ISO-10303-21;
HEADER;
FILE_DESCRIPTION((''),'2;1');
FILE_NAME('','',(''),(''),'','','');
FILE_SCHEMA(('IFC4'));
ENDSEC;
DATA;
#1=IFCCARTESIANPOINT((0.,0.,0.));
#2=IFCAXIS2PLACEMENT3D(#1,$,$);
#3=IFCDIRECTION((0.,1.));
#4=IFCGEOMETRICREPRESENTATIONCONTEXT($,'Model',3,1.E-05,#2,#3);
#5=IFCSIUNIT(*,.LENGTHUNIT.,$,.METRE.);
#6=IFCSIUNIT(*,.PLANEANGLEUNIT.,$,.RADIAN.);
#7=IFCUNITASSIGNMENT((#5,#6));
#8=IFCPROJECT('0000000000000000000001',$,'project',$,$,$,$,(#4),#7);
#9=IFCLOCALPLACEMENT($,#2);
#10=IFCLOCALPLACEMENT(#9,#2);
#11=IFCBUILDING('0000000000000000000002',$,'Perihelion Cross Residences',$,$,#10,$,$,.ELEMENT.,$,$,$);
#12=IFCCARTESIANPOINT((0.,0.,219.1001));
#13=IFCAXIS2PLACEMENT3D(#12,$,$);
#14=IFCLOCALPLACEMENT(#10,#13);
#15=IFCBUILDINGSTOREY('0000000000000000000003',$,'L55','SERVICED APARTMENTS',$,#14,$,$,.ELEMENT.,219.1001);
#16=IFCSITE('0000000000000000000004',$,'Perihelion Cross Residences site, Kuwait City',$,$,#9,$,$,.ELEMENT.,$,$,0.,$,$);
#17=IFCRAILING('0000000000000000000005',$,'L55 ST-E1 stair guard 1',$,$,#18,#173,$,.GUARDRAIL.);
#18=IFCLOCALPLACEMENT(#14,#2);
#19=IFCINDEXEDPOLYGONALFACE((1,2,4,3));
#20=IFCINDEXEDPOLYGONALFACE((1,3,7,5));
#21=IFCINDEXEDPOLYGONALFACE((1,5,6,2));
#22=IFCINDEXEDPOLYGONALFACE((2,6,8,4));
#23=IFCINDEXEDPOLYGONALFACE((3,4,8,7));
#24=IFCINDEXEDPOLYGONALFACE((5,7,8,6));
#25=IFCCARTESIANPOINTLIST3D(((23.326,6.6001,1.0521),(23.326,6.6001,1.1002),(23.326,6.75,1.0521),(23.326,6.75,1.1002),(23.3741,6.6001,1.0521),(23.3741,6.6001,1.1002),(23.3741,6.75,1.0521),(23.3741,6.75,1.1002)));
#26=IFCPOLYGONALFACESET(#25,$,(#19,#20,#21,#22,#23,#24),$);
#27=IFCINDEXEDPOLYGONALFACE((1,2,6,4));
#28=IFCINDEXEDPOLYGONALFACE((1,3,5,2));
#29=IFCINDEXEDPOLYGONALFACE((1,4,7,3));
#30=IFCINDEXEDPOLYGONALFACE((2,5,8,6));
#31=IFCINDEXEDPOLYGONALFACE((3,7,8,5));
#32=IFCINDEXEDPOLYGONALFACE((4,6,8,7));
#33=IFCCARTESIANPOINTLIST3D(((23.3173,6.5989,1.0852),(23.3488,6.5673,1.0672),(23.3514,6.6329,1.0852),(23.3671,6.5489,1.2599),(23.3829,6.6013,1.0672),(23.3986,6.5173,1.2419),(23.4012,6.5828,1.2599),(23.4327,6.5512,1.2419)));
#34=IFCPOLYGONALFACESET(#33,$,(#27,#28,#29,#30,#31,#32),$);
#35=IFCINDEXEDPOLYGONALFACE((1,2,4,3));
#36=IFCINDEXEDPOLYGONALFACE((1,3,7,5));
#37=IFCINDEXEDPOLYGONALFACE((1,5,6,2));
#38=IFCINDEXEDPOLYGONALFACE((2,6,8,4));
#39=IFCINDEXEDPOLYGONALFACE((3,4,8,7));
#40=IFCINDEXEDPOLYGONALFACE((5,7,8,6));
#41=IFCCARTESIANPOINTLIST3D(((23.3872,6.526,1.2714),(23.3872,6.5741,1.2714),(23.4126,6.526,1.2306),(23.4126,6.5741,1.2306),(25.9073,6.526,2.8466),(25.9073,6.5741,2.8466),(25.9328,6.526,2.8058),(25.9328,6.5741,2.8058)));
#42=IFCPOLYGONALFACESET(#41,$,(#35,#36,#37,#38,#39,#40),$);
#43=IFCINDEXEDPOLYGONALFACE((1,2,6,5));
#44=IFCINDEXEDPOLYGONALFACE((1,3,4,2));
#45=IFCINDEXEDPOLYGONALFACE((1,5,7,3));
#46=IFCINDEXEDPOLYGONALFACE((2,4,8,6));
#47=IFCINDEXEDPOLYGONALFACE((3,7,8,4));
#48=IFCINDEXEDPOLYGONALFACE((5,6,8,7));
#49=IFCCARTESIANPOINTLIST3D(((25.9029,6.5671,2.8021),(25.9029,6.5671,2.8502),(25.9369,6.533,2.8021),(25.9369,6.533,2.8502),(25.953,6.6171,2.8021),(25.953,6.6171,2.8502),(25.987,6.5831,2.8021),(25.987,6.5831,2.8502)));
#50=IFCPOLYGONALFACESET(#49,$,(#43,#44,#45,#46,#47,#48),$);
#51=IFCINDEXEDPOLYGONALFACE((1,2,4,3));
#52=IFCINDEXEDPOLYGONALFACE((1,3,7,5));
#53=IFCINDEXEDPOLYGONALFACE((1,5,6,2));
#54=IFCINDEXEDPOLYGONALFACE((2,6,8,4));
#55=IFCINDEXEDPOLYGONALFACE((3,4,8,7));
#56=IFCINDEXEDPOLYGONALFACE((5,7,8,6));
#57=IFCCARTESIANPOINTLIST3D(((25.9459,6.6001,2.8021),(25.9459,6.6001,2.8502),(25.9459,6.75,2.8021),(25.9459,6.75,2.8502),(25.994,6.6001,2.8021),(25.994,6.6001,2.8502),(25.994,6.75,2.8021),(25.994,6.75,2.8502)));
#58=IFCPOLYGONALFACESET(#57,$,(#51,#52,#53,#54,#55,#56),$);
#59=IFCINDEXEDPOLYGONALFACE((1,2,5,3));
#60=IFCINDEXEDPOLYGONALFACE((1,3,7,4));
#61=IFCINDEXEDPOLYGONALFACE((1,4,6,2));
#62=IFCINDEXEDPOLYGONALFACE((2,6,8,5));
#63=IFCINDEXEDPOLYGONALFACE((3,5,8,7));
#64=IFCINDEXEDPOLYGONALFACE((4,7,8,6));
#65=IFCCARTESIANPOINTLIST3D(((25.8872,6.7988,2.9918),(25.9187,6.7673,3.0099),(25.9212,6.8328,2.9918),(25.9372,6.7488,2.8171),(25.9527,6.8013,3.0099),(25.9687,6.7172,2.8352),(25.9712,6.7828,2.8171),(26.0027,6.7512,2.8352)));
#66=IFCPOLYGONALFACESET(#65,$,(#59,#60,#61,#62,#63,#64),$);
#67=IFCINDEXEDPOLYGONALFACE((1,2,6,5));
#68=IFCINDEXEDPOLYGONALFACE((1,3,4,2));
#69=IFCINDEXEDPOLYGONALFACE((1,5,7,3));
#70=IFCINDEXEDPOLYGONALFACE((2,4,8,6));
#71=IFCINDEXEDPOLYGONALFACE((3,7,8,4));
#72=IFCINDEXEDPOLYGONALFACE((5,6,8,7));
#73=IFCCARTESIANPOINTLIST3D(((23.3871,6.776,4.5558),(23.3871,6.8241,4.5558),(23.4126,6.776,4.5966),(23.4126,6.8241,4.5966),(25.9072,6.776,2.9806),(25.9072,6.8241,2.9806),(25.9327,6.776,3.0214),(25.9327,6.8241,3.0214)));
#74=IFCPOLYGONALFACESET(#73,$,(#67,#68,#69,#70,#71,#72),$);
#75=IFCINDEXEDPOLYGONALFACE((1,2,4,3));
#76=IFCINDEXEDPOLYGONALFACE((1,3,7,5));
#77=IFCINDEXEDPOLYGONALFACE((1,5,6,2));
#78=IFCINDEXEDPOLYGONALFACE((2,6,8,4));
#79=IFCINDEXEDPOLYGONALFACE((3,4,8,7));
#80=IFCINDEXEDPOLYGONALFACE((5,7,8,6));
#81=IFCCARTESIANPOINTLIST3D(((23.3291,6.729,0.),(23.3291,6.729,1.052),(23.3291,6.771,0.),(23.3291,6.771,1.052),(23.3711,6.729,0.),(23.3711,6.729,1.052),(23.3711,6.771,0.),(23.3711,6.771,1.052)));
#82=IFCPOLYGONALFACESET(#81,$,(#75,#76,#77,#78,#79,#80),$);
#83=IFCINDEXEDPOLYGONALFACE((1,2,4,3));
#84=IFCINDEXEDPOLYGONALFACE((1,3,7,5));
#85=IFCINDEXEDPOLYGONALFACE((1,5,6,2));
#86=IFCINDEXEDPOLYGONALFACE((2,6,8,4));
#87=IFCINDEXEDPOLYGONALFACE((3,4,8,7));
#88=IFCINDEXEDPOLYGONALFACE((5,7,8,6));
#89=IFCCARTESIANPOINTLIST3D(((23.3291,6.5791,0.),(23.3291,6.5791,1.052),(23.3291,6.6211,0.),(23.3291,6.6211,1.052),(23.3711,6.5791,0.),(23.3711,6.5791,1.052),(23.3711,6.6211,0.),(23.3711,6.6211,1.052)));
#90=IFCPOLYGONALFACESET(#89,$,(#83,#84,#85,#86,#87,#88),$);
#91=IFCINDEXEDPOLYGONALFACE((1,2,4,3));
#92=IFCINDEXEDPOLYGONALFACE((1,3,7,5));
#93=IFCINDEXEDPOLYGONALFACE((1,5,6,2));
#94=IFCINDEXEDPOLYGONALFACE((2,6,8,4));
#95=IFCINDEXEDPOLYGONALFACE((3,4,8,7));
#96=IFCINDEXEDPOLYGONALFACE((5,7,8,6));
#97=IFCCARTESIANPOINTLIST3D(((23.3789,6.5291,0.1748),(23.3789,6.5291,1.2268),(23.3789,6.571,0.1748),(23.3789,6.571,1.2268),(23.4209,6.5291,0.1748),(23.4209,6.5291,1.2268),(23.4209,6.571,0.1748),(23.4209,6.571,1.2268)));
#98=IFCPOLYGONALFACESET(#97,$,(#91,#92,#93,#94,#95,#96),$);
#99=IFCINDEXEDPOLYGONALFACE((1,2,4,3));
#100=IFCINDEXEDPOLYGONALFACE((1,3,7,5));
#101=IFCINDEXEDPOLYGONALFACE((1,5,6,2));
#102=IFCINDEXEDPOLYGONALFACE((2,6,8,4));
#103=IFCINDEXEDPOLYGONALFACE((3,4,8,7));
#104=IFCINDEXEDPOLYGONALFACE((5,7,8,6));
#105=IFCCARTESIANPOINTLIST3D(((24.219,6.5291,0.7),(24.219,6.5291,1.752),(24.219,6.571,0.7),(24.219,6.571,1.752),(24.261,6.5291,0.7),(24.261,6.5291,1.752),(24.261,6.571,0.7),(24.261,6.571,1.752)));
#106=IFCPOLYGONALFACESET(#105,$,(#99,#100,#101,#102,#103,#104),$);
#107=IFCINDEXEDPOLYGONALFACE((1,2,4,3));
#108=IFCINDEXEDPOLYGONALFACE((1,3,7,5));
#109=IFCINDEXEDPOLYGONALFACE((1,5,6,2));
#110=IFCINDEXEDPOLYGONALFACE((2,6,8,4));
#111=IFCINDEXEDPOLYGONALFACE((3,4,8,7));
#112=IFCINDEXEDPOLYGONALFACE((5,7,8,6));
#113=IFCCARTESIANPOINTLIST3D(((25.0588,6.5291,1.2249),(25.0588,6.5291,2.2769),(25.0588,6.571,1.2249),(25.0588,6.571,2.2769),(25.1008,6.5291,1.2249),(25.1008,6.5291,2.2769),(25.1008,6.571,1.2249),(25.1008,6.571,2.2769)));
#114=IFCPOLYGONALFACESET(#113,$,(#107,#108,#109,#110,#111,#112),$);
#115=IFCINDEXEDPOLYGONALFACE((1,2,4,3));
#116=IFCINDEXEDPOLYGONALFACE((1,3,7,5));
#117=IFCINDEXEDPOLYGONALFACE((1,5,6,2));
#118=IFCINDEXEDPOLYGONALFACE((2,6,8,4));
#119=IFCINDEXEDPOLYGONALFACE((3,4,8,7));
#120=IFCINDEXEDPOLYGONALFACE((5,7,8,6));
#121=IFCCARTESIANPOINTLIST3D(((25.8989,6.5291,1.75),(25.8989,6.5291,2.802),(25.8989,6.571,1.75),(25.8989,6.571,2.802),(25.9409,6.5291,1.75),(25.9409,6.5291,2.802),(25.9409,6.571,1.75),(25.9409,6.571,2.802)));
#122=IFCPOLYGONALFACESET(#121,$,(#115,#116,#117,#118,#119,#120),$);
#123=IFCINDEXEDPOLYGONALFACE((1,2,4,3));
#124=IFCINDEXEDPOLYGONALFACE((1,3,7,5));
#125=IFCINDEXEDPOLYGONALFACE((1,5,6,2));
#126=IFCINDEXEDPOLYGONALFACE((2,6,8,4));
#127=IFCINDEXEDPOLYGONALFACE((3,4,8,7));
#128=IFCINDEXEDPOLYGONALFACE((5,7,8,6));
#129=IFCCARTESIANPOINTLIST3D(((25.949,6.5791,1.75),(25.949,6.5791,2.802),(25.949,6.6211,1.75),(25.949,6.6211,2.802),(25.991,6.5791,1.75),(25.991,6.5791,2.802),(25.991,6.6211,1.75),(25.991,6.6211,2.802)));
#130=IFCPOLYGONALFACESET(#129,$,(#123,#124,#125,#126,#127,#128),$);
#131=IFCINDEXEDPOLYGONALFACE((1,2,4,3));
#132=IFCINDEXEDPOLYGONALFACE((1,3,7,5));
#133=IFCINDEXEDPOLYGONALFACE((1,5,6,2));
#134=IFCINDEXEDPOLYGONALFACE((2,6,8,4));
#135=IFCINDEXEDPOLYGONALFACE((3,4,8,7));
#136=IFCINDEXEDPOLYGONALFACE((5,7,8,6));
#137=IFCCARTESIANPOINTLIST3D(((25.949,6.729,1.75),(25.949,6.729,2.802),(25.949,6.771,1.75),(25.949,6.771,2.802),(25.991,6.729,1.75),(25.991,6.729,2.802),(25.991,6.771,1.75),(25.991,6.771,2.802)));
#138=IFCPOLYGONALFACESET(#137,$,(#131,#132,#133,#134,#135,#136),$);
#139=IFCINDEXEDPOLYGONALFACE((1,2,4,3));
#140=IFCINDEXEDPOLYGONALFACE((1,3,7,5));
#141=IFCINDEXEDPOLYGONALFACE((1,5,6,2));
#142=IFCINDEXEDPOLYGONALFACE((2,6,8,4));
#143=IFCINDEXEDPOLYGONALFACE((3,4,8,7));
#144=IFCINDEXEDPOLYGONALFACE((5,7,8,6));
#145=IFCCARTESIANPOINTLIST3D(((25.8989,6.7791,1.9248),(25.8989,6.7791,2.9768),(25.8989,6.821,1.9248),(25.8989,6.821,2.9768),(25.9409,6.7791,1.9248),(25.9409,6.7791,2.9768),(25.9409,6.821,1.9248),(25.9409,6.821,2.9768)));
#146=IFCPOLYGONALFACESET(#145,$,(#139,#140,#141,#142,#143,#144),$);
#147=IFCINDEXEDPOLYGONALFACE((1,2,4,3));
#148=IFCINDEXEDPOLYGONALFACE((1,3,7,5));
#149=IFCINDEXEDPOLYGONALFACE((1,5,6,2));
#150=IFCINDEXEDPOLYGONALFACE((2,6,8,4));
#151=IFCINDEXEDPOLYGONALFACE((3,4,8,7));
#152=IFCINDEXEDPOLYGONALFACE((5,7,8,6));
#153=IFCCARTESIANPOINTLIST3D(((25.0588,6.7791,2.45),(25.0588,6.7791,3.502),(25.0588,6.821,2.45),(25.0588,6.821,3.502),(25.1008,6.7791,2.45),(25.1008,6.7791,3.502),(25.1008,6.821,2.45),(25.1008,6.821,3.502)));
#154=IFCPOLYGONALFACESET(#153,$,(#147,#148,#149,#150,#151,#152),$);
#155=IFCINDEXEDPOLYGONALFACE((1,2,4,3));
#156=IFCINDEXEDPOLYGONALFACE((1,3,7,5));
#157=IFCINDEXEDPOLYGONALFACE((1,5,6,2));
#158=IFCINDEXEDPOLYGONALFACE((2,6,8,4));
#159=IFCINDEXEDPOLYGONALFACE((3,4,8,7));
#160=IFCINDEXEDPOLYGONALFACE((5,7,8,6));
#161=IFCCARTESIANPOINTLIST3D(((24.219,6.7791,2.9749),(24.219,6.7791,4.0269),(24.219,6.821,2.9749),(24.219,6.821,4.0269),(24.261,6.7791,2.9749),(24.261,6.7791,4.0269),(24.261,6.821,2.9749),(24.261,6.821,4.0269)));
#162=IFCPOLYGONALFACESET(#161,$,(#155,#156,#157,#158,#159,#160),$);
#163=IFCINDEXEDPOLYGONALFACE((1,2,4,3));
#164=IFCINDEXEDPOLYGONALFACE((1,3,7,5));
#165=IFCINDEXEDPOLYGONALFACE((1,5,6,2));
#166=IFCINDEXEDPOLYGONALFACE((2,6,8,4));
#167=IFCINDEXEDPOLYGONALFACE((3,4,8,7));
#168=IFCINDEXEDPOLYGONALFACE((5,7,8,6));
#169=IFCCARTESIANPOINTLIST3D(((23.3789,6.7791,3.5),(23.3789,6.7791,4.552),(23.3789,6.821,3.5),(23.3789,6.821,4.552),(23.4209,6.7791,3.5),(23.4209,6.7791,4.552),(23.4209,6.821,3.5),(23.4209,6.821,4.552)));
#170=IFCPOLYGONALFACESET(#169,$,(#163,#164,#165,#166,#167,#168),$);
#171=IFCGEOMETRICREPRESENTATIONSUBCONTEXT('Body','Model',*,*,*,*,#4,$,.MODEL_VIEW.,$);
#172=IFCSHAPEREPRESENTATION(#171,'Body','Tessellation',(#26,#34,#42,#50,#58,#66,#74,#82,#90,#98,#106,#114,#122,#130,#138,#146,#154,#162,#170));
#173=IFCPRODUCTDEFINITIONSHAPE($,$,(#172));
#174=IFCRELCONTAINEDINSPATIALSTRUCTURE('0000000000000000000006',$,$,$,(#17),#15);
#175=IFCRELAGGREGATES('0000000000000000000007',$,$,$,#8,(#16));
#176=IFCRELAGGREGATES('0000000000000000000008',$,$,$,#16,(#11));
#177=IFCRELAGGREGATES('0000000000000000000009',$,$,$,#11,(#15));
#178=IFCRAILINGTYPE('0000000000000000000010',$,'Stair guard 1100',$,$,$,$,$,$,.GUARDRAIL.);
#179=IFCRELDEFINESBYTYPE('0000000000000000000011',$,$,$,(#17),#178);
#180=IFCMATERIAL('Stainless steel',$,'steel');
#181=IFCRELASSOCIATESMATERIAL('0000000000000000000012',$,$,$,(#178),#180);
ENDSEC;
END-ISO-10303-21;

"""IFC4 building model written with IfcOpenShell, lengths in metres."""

from ifc_helpers import new_model, si_unit, direction, frame, origin, origin_2d, place, context, subcontext, project, spatial, rectangle, extrude, material, type_object, element, save


model = new_model("IFC4")

# Units and contexts
model_context = context("Model", 3, precision=1e-05, world=origin(), true_north=direction((0.0, 1.0)))
body_context = subcontext(model_context, "Body", "Model", "MODEL_VIEW")
ifc_project = project(units=[si_unit("LENGTHUNIT", "METRE"), si_unit("PLANEANGLEUNIT", "RADIAN")], contexts=[model_context])

# Site, building, storey
site_placement = place(None, origin())
site = spatial("IfcSite", under=ifc_project, at=site_placement, Name="Perihelion Cross Residences site, Kuwait City", CompositionType="ELEMENT", RefElevation=0.0)
building_placement = place(site_placement, origin())
building = spatial("IfcBuilding", under=site, at=building_placement, Name="Perihelion Cross Residences", CompositionType="ELEMENT")
storey_placement = place(building_placement, frame((0.0, 0.0, 219.1001)))
storey = spatial("IfcBuildingStorey", under=building, at=storey_placement, Name="L55", Description="SERVICED APARTMENTS", CompositionType="ELEMENT", Elevation=219.1001)

# Railing
ifc_material_1 = material(Name="Stainless steel", Category="steel")
railing_type_1 = type_object("IfcRailingType", Name="Stair guard 1100", PredefinedType="GUARDRAIL", material=ifc_material_1)
railing_1_placement = place(storey_placement, frame((23.3501, 6.75, 0.0)))
element("IfcRailing", 1, at=railing_1_placement, inside=storey, type_object=railing_type_1, Name="L55 ST-E1 stair guard 1", PredefinedType="GUARDRAIL", context=body_context, shape_type="SweptSolid", body=[
    extrude(rectangle(XDim=0.0481, YDim=0.0481, at=origin_2d()), frame((0.0, 0.0, 1.0762), z_axis=(0.0, -1.0, 0.0), x_axis=(1.0, 0.0, 0.0)), (0.0, 0.0, 1.0), 0.1499),
    extrude(rectangle(XDim=0.0481, YDim=0.0481, at=origin_2d()), frame((0.0, -0.1499, 1.0762), z_axis=(0.264179, -0.265474, 0.927218), x_axis=(0.708834, 0.705376, 0.0)), (0.0, 0.0, 1.0), 0.1885),
    extrude(rectangle(XDim=0.0481, YDim=0.0481, at=origin_2d()), frame((0.0498, -0.2, 1.251), z_axis=(0.847971, 0.0, 0.530043), x_axis=(0.0, 1.0, 0.0)), (0.0, 0.0, 1.0), 2.9719),
    extrude(rectangle(XDim=0.0481, YDim=0.0481, at=origin_2d()), frame((2.5698, -0.2, 2.8262), z_axis=(0.707107, 0.707107, 0.0), x_axis=(-0.707107, 0.707107, 0.0)), (0.0, 0.0, 1.0), 0.0708),
    extrude(rectangle(XDim=0.0481, YDim=0.0481, at=origin_2d()), frame((2.6199, -0.1499, 2.8262), z_axis=(0.0, 1.0, 0.0), x_axis=(-1.0, 0.0, 0.0)), (0.0, 0.0, 1.0), 0.1499),
    extrude(rectangle(XDim=0.0481, YDim=0.0481, at=origin_2d()), frame((2.6199, 0.0, 2.8262), z_axis=(-0.265383, 0.265383, 0.9269), x_axis=(-0.707107, -0.707107, 0.0)), (0.0, 0.0, 1.0), 0.1885),
    extrude(rectangle(XDim=0.0481, YDim=0.0481, at=origin_2d()), frame((2.5698, 0.05, 3.001), z_axis=(-0.847971, 0.0, 0.530043), x_axis=(0.0, -1.0, 0.0)), (0.0, 0.0, 1.0), 2.9719),
    extrude(rectangle(XDim=0.042, YDim=0.042, at=origin_2d()), origin(), (0.0, 0.0, 1.0), 1.052),
    extrude(rectangle(XDim=0.042, YDim=0.042, at=origin_2d()), frame((0.0, -0.1499, 0.0)), (0.0, 0.0, 1.0), 1.052),
    extrude(rectangle(XDim=0.042, YDim=0.042, at=origin_2d()), frame((0.0498, -0.2, 0.1748)), (0.0, 0.0, 1.0), 1.052),
    extrude(rectangle(XDim=0.042, YDim=0.042, at=origin_2d()), frame((0.8899, -0.2, 0.7)), (0.0, 0.0, 1.0), 1.052),
    extrude(rectangle(XDim=0.042, YDim=0.042, at=origin_2d()), frame((1.7297, -0.2, 1.2249)), (0.0, 0.0, 1.0), 1.052),
    extrude(rectangle(XDim=0.042, YDim=0.042, at=origin_2d()), frame((2.5698, -0.2, 1.75)), (0.0, 0.0, 1.0), 1.052),
    extrude(rectangle(XDim=0.042, YDim=0.042, at=origin_2d()), frame((2.6199, -0.1499, 1.75)), (0.0, 0.0, 1.0), 1.052),
    extrude(rectangle(XDim=0.042, YDim=0.042, at=origin_2d()), frame((2.6199, 0.0, 1.75)), (0.0, 0.0, 1.0), 1.052),
    extrude(rectangle(XDim=0.042, YDim=0.042, at=origin_2d()), frame((2.5698, 0.05, 1.9248)), (0.0, 0.0, 1.0), 1.052),
    extrude(rectangle(XDim=0.042, YDim=0.042, at=origin_2d()), frame((1.7297, 0.05, 2.45)), (0.0, 0.0, 1.0), 1.052),
    extrude(rectangle(XDim=0.042, YDim=0.042, at=origin_2d()), frame((0.8899, 0.05, 2.9749)), (0.0, 0.0, 1.0), 1.052),
    extrude(rectangle(XDim=0.042, YDim=0.042, at=origin_2d()), frame((0.0498, 0.05, 3.5)), (0.0, 0.0, 1.0), 1.052),
])

save(model, "model.ifc")
